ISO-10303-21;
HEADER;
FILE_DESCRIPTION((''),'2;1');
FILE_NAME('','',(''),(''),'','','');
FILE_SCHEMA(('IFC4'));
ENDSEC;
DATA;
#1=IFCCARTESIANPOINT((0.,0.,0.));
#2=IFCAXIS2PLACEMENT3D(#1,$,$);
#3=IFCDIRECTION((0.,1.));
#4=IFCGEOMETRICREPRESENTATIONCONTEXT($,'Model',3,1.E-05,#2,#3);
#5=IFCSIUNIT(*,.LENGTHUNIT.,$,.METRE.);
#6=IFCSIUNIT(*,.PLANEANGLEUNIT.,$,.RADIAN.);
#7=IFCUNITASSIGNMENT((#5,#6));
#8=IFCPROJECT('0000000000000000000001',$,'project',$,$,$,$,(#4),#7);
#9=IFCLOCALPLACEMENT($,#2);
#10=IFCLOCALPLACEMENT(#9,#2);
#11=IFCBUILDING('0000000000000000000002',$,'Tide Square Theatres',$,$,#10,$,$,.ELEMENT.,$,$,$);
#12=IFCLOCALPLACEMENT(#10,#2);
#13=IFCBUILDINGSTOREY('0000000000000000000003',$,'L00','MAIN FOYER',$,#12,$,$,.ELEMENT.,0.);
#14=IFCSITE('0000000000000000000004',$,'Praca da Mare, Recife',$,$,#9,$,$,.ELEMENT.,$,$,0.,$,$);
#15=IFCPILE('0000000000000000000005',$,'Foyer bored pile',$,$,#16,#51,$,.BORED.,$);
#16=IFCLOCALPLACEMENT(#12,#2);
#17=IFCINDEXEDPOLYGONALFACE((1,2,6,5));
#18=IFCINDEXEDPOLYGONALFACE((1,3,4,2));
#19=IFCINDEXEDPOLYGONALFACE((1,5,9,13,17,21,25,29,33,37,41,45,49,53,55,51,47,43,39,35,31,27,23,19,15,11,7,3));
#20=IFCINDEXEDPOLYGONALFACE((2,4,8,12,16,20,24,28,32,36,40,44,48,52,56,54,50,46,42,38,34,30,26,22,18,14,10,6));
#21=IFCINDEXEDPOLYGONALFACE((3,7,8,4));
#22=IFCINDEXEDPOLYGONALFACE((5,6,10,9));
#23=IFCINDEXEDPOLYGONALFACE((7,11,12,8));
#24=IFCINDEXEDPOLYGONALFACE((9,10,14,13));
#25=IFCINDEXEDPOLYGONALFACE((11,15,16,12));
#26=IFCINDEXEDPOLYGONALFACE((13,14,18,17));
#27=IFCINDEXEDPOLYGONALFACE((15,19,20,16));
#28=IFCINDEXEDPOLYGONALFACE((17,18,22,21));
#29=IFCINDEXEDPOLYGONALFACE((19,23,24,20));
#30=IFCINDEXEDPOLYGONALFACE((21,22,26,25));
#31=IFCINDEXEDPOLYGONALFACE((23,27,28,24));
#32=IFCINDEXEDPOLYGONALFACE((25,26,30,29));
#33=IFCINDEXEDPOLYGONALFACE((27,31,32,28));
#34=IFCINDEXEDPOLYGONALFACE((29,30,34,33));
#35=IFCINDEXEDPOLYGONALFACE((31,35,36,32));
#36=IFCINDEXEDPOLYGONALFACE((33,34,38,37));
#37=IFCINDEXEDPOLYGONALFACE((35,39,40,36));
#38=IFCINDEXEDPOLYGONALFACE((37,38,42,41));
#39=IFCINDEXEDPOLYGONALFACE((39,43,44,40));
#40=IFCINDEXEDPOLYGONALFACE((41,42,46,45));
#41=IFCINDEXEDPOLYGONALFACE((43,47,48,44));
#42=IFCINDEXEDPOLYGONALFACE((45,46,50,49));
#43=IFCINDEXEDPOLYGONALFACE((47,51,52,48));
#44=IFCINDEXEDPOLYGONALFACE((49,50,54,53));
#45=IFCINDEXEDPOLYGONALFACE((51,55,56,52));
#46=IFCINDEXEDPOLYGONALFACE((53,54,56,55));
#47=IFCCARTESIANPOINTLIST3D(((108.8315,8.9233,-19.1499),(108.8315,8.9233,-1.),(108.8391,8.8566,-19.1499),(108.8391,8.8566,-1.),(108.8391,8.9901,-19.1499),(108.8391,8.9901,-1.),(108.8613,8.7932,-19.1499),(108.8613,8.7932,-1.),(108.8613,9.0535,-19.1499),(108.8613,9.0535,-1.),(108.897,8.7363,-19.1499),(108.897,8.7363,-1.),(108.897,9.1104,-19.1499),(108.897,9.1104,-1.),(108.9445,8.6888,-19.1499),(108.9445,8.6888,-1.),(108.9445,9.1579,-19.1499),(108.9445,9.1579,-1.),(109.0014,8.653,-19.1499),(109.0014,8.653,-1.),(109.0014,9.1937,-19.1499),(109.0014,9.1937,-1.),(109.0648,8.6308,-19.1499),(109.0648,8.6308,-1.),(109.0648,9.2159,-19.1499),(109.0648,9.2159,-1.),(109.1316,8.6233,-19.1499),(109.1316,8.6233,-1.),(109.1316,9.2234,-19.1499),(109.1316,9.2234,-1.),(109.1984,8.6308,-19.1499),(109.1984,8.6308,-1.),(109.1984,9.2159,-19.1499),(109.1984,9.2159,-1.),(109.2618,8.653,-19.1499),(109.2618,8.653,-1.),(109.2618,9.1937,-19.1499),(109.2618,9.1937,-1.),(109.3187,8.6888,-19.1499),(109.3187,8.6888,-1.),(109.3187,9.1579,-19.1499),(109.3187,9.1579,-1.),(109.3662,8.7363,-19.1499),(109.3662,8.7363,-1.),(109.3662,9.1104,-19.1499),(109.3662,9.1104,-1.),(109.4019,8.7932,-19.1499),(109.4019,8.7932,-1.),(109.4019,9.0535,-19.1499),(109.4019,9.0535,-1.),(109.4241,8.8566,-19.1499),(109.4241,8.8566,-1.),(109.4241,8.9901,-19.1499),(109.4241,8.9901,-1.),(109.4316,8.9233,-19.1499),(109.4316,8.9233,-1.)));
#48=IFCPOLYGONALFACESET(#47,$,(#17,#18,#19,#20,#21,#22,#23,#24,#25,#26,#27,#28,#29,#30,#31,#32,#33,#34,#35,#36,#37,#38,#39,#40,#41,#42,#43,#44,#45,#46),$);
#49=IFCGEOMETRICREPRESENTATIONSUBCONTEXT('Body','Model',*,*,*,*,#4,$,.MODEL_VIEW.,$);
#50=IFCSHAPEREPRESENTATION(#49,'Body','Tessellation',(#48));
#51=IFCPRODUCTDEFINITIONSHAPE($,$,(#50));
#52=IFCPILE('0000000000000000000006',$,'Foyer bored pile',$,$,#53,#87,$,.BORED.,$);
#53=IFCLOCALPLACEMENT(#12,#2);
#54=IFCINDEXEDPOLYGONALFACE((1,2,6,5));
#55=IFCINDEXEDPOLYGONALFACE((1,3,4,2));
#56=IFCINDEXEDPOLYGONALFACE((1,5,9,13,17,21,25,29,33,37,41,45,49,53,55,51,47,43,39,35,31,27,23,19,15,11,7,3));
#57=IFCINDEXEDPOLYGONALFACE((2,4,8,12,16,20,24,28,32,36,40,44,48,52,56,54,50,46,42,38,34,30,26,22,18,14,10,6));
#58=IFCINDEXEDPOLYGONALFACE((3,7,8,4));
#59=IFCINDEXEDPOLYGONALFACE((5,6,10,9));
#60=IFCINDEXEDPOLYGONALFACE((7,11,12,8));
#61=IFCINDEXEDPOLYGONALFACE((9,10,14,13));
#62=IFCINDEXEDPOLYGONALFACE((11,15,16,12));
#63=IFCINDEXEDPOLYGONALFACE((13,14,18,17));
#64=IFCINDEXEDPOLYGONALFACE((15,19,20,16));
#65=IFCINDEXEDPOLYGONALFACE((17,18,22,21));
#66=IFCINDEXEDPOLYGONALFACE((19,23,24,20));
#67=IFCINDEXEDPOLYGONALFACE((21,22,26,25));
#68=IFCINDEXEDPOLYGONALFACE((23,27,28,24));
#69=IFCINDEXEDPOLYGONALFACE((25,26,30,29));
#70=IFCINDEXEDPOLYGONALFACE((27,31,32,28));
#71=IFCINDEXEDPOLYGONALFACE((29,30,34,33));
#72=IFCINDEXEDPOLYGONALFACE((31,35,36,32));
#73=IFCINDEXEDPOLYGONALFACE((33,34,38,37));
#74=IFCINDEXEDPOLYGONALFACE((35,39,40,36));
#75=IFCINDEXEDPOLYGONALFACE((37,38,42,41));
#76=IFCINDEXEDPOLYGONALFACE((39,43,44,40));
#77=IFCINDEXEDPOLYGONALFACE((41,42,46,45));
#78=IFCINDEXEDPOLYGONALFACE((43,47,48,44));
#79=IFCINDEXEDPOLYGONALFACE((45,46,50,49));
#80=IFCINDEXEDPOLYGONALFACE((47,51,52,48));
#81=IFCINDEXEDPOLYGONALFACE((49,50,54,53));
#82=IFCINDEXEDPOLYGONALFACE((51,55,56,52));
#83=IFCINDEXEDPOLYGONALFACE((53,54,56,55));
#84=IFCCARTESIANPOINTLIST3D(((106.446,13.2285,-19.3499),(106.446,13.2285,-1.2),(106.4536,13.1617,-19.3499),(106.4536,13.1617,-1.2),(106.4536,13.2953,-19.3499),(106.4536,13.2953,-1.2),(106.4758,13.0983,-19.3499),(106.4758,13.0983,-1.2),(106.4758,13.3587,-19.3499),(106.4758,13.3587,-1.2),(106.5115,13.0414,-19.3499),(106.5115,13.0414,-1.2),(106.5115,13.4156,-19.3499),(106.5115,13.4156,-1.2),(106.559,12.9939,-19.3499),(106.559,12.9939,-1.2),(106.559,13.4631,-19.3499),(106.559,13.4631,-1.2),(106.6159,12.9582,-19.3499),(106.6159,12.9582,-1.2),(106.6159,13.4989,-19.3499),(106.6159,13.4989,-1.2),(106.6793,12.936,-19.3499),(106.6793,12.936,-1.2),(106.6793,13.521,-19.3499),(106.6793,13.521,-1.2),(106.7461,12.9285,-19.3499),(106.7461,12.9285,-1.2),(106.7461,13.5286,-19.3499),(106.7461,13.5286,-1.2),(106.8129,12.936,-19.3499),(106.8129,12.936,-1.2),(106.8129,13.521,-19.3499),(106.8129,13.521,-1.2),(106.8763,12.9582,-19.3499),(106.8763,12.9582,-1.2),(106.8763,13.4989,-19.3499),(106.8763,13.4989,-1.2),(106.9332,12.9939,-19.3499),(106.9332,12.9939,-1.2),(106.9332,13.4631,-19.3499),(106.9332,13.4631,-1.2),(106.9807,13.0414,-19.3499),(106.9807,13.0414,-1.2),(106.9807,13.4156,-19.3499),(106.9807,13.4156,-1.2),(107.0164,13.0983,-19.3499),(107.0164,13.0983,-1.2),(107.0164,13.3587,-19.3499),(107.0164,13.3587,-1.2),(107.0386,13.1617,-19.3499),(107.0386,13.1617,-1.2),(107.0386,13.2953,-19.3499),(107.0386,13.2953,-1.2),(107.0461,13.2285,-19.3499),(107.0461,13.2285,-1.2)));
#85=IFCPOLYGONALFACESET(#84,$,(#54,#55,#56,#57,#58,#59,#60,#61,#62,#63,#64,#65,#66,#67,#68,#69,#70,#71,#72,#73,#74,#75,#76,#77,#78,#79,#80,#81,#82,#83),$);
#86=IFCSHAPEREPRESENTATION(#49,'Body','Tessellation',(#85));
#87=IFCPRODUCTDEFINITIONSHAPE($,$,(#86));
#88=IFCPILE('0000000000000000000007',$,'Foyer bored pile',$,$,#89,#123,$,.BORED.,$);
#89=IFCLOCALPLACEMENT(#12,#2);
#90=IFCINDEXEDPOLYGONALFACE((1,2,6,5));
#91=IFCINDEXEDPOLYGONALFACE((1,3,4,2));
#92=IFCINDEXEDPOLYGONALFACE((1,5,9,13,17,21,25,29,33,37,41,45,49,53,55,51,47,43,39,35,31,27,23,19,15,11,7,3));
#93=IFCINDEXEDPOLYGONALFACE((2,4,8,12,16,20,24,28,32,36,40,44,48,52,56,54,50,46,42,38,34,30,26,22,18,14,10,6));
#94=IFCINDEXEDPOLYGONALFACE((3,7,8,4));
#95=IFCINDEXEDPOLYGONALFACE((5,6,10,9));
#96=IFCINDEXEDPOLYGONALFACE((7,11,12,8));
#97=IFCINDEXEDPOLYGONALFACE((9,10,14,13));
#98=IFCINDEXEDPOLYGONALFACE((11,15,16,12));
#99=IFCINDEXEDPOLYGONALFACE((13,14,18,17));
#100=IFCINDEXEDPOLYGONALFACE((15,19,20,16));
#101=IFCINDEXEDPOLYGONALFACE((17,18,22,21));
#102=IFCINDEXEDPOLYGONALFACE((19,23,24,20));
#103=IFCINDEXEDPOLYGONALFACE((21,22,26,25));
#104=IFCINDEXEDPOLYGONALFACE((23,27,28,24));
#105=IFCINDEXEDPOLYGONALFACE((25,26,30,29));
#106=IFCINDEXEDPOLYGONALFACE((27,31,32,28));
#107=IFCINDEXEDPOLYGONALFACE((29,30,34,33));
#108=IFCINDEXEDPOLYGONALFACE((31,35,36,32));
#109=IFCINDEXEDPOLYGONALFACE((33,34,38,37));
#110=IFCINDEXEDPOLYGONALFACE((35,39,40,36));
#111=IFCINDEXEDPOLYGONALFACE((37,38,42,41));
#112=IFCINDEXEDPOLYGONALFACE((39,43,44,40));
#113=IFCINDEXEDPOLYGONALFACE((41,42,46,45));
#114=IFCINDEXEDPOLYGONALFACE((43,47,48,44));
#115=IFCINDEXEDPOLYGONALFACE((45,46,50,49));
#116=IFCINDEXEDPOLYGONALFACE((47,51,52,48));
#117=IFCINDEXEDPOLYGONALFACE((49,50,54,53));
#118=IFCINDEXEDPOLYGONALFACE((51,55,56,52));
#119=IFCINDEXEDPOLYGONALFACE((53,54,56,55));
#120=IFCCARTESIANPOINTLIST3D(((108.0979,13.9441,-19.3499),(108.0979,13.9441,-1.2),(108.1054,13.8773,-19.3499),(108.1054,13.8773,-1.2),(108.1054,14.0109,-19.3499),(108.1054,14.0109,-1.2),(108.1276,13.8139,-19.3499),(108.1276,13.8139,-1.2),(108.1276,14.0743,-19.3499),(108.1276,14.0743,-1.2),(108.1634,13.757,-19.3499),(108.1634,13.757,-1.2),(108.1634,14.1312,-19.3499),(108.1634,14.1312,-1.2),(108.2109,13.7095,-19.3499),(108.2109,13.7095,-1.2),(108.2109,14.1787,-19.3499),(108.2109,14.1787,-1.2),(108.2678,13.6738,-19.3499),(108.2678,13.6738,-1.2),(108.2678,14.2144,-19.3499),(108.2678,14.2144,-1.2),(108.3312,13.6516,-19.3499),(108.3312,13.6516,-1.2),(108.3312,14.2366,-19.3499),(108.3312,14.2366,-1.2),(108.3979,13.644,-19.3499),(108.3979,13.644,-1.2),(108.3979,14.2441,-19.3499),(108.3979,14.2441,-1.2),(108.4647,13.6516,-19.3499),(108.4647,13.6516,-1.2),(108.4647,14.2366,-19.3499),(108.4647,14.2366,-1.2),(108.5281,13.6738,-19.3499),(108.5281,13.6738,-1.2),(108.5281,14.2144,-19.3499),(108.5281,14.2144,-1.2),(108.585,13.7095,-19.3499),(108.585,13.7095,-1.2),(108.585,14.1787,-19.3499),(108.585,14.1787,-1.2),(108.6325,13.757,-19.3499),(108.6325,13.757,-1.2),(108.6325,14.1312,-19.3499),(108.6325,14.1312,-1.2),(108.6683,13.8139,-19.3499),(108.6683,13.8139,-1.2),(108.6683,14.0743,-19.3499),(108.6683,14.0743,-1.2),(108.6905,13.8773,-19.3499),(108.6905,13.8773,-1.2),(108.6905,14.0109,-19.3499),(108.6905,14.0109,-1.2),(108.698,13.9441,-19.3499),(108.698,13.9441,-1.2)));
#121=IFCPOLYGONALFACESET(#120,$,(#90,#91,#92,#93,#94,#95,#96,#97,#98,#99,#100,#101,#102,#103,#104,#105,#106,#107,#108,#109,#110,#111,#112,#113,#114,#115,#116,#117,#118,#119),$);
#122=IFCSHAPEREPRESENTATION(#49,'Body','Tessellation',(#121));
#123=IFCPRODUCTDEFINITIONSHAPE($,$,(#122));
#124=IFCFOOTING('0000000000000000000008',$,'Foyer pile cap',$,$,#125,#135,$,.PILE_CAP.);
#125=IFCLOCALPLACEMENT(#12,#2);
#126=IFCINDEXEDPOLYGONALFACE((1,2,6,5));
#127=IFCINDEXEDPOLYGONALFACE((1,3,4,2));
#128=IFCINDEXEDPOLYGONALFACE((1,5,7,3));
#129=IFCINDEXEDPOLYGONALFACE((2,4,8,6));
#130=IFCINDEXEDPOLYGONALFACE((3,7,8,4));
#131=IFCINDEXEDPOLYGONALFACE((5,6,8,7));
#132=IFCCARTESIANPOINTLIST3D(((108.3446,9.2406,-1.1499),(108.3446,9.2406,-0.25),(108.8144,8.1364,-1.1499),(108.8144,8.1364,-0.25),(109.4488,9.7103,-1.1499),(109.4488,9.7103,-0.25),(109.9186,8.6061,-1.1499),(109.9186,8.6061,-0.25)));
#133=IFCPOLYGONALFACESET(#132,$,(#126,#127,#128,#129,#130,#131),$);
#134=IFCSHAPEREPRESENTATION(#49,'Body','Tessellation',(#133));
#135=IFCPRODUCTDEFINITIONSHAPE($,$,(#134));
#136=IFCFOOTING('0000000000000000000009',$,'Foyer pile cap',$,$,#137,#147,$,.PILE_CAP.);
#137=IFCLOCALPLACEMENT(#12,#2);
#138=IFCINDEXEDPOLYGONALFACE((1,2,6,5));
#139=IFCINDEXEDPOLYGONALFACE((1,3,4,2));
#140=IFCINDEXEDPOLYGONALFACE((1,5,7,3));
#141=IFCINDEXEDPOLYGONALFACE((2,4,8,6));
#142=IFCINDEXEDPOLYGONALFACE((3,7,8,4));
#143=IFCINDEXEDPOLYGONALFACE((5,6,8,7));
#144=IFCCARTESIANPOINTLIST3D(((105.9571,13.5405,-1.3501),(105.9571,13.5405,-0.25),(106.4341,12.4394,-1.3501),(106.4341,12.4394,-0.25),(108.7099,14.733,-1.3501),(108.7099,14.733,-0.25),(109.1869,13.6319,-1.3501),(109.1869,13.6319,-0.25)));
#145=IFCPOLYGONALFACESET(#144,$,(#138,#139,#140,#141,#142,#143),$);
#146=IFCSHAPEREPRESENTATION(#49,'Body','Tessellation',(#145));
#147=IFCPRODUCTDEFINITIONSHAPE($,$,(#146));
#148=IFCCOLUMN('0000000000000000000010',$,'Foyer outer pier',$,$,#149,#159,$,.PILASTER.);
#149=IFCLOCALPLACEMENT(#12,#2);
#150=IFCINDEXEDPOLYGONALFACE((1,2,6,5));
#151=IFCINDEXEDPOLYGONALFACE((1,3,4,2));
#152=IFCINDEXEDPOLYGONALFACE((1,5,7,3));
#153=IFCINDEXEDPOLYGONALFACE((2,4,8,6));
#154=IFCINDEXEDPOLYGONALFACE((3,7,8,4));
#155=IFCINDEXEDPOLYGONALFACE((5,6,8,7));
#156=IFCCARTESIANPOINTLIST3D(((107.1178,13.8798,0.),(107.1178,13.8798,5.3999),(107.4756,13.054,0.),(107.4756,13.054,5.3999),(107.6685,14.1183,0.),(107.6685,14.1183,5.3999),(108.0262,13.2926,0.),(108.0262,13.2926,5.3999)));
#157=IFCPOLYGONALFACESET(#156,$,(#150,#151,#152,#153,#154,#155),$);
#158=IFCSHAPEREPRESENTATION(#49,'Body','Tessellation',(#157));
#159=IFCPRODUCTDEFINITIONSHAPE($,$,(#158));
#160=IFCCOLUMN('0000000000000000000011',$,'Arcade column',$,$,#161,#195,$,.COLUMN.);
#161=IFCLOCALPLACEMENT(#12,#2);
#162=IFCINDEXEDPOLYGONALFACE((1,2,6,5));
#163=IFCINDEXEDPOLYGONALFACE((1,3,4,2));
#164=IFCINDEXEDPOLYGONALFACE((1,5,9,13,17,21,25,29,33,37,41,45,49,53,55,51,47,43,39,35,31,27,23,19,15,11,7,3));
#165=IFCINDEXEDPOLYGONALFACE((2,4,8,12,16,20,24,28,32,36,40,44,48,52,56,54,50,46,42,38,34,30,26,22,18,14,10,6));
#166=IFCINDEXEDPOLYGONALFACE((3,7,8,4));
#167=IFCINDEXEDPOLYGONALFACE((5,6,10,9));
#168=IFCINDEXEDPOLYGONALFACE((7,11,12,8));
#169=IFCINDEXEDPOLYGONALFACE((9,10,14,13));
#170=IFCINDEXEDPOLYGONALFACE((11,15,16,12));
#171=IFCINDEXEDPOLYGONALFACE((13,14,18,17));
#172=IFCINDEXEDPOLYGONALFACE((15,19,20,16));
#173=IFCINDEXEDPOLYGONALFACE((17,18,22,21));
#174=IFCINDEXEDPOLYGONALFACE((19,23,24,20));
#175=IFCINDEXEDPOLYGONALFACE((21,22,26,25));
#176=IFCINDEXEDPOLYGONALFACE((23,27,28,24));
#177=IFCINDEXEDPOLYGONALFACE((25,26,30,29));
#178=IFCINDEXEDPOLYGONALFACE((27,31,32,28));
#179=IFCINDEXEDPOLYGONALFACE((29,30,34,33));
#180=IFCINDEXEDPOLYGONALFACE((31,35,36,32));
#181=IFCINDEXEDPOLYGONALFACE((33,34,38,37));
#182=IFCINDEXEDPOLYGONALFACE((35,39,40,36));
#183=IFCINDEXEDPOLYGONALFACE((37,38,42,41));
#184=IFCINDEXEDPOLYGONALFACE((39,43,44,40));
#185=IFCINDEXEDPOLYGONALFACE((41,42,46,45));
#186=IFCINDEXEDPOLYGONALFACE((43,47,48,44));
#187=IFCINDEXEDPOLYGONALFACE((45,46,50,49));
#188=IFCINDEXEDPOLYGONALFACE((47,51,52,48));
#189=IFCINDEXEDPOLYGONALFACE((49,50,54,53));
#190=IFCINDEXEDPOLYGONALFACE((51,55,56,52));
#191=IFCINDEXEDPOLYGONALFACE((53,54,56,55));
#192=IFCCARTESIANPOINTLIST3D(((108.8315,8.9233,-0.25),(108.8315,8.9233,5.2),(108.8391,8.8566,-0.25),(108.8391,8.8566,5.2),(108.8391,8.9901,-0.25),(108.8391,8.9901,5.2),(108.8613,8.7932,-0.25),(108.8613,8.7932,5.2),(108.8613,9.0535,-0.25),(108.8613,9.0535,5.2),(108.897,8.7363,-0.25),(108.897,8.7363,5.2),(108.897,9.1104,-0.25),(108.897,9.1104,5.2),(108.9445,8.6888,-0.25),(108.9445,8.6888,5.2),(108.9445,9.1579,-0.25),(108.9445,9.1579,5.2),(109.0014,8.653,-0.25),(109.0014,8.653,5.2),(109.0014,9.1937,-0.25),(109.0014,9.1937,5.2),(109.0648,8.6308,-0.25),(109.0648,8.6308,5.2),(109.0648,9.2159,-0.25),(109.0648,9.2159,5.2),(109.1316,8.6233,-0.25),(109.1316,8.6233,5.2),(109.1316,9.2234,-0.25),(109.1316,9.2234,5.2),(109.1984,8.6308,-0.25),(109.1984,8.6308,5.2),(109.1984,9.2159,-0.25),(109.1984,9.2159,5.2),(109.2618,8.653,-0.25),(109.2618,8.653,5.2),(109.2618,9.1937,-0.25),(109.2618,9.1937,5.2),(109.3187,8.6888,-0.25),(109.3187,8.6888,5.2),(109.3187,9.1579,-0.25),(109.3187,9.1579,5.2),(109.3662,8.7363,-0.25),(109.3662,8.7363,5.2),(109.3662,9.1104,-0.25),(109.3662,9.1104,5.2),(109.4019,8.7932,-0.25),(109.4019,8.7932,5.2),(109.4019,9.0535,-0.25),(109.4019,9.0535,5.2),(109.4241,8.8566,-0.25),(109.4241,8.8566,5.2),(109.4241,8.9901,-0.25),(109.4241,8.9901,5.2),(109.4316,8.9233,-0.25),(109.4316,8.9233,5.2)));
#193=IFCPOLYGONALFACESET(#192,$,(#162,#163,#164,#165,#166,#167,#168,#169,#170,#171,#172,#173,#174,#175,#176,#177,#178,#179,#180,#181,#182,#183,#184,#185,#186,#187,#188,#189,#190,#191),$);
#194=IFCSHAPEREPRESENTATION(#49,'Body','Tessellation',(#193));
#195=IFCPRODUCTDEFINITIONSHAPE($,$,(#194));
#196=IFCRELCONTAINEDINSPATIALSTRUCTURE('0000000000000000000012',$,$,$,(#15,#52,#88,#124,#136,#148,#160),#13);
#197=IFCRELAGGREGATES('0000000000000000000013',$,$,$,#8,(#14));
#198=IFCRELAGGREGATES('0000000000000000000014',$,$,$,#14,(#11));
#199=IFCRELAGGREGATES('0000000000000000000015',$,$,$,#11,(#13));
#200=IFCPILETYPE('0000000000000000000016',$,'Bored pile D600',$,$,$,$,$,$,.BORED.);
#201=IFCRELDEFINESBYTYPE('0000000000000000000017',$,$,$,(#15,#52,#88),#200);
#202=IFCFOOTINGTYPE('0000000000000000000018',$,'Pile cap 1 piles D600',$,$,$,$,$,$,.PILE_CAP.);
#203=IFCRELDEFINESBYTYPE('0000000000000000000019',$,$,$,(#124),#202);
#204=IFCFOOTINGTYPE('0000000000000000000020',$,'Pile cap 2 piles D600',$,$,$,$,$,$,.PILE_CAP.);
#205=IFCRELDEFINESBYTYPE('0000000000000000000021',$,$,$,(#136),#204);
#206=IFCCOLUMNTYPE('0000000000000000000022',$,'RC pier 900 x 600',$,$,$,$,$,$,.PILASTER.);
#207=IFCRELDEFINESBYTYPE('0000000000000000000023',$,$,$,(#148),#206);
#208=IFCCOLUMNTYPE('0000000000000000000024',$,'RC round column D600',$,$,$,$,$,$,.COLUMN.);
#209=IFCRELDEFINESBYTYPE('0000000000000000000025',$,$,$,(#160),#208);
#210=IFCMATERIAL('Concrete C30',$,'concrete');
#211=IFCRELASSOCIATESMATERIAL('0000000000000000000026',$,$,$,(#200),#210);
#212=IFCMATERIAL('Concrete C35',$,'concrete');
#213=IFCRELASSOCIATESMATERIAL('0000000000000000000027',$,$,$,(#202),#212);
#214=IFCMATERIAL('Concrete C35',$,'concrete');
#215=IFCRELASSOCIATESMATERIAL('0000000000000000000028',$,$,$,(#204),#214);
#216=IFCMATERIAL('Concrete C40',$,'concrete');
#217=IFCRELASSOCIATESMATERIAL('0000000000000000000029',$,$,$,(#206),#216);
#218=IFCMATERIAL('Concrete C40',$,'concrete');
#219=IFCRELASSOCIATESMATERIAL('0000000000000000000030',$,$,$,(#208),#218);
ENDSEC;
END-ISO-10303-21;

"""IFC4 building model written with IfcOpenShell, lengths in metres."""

from ifc_helpers import new_model, si_unit, direction, frame, origin, origin_2d, place, context, subcontext, project, spatial, rectangle, circle, extrude, material, material_profile, profile_set, type_object, element, save


model = new_model("IFC4")

# Units and contexts
model_context = context("Model", 3, precision=1e-05, world=origin(), true_north=direction((0.0, 1.0)))
body_context = subcontext(model_context, "Body", "Model", "MODEL_VIEW")
ifc_project = project(units=[si_unit("LENGTHUNIT", "METRE"), si_unit("PLANEANGLEUNIT", "RADIAN")], contexts=[model_context])

# Site, building, storey
site_placement = place(None, origin())
site = spatial("IfcSite", under=ifc_project, at=site_placement, Name="Praca da Mare, Recife", CompositionType="ELEMENT", RefElevation=0.0)
building_placement = place(site_placement, origin())
building = spatial("IfcBuilding", under=site, at=building_placement, Name="Tide Square Theatres", CompositionType="ELEMENT")
storey_placement = place(building_placement, origin())
storey = spatial("IfcBuildingStorey", under=building, at=storey_placement, Name="L00", Description="MAIN FOYER", CompositionType="ELEMENT", Elevation=0.0)

# Piles
ifc_material_1 = material(Name="Concrete C30", Category="concrete")
ifc_material_profile_1 = material_profile(ifc_material_1, circle(Radius=0.3, at=origin_2d()))
ifc_profile_set_1 = profile_set([ifc_material_profile_1], Name="Concrete C30")
pile_type = type_object("IfcPileType", Name="Bored pile D600", PredefinedType="BORED", material=ifc_profile_set_1)
for number, where, z_axis, x_axis, name in (
    (1, (109.1316, 8.9233, -1.0), (0.0, 0.0, -1.0), (1.0, 0.0, 0.0), "Foyer bored pile"),
    (2, (106.7461, 13.2285, -1.2), (0.0, 0.0, -1.0), (1.0, 0.0, 0.0), "Foyer bored pile"),
    (3, (108.3979, 13.9441, -1.2), (0.0, 0.0, -1.0), (1.0, 0.0, 0.0), "Foyer bored pile"),
):
    element("IfcPile", number, at=place(storey_placement, frame(where, z_axis=z_axis, x_axis=x_axis)), inside=storey, type_object=pile_type, Name=name, PredefinedType="BORED", context=body_context, shape_type="SweptSolid", body=[
        extrude(circle(Radius=0.3, at=origin_2d()), origin(), (0.0, 0.0, 1.0), 18.1499),
    ])

# Footings
ifc_material_2 = material(Name="Concrete C35", Category="concrete")
footing_type_1 = type_object("IfcFootingType", Name="Pile cap 1 piles D600", PredefinedType="PILE_CAP", material=ifc_material_2)
footing_1_placement = place(storey_placement, frame((109.1316, 8.9233, -1.1499), z_axis=(0.0, 0.0, 1.0), x_axis=(0.920196, 0.391457, 0.0)))
element("IfcFooting", 4, at=footing_1_placement, inside=storey, type_object=footing_type_1, Name="Foyer pile cap", PredefinedType="PILE_CAP", context=body_context, shape_type="SweptSolid", body=[
    extrude(rectangle(XDim=1.2, YDim=1.2, at=origin_2d()), origin(), (0.0, 0.0, 1.0), 0.8999),
])
ifc_material_3 = material(Name="Concrete C35", Category="concrete")
footing_type_2 = type_object("IfcFootingType", Name="Pile cap 2 piles D600", PredefinedType="PILE_CAP", material=ifc_material_3)
footing_2_placement = place(storey_placement, frame((107.572, 13.5862, -1.3501), z_axis=(0.0, 0.0, 1.0), x_axis=(0.9176, 0.397505, 0.0)))
element("IfcFooting", 5, at=footing_2_placement, inside=storey, type_object=footing_type_2, Name="Foyer pile cap", PredefinedType="PILE_CAP", context=body_context, shape_type="SweptSolid", body=[
    extrude(rectangle(XDim=3.0, YDim=1.2, at=origin_2d()), origin(), (0.0, 0.0, 1.0), 1.1001),
])

# Columns
ifc_material_4 = material(Name="Concrete C40", Category="concrete")
ifc_material_profile_2 = material_profile(ifc_material_4, rectangle(XDim=0.8999, YDim=0.6001, at=origin_2d()))
ifc_profile_set_2 = profile_set([ifc_material_profile_2], Name="Concrete C40")
column_type_1 = type_object("IfcColumnType", Name="RC pier 900 x 600", PredefinedType="PILASTER", material=ifc_profile_set_2)
column_1_placement = place(storey_placement, frame((107.572, 13.5862, 0.0), z_axis=(0.0, 0.0, 1.0), x_axis=(0.397505, -0.9176, 0.0)))
element("IfcColumn", 6, at=column_1_placement, inside=storey, type_object=column_type_1, Name="Foyer outer pier", PredefinedType="PILASTER", context=body_context, shape_type="SweptSolid", body=[
    extrude(rectangle(XDim=0.8999, YDim=0.6001, at=origin_2d()), origin(), (0.0, 0.0, 1.0), 5.3999),
])
ifc_material_5 = material(Name="Concrete C40", Category="concrete")
ifc_material_profile_3 = material_profile(ifc_material_5, circle(Radius=0.3, at=origin_2d()))
ifc_profile_set_3 = profile_set([ifc_material_profile_3], Name="Concrete C40")
column_type_2 = type_object("IfcColumnType", Name="RC round column D600", PredefinedType="COLUMN", material=ifc_profile_set_3)
column_2_placement = place(storey_placement, frame((109.1316, 8.9233, -0.25), z_axis=(0.0, 0.0, 1.0), x_axis=(1.0, 0.0, 0.0)))
element("IfcColumn", 7, at=column_2_placement, inside=storey, type_object=column_type_2, Name="Arcade column", PredefinedType="COLUMN", context=body_context, shape_type="SweptSolid", body=[
    extrude(circle(Radius=0.3, at=origin_2d()), origin(), (0.0, 0.0, 1.0), 5.45),
])

save(model, "model.ifc")
